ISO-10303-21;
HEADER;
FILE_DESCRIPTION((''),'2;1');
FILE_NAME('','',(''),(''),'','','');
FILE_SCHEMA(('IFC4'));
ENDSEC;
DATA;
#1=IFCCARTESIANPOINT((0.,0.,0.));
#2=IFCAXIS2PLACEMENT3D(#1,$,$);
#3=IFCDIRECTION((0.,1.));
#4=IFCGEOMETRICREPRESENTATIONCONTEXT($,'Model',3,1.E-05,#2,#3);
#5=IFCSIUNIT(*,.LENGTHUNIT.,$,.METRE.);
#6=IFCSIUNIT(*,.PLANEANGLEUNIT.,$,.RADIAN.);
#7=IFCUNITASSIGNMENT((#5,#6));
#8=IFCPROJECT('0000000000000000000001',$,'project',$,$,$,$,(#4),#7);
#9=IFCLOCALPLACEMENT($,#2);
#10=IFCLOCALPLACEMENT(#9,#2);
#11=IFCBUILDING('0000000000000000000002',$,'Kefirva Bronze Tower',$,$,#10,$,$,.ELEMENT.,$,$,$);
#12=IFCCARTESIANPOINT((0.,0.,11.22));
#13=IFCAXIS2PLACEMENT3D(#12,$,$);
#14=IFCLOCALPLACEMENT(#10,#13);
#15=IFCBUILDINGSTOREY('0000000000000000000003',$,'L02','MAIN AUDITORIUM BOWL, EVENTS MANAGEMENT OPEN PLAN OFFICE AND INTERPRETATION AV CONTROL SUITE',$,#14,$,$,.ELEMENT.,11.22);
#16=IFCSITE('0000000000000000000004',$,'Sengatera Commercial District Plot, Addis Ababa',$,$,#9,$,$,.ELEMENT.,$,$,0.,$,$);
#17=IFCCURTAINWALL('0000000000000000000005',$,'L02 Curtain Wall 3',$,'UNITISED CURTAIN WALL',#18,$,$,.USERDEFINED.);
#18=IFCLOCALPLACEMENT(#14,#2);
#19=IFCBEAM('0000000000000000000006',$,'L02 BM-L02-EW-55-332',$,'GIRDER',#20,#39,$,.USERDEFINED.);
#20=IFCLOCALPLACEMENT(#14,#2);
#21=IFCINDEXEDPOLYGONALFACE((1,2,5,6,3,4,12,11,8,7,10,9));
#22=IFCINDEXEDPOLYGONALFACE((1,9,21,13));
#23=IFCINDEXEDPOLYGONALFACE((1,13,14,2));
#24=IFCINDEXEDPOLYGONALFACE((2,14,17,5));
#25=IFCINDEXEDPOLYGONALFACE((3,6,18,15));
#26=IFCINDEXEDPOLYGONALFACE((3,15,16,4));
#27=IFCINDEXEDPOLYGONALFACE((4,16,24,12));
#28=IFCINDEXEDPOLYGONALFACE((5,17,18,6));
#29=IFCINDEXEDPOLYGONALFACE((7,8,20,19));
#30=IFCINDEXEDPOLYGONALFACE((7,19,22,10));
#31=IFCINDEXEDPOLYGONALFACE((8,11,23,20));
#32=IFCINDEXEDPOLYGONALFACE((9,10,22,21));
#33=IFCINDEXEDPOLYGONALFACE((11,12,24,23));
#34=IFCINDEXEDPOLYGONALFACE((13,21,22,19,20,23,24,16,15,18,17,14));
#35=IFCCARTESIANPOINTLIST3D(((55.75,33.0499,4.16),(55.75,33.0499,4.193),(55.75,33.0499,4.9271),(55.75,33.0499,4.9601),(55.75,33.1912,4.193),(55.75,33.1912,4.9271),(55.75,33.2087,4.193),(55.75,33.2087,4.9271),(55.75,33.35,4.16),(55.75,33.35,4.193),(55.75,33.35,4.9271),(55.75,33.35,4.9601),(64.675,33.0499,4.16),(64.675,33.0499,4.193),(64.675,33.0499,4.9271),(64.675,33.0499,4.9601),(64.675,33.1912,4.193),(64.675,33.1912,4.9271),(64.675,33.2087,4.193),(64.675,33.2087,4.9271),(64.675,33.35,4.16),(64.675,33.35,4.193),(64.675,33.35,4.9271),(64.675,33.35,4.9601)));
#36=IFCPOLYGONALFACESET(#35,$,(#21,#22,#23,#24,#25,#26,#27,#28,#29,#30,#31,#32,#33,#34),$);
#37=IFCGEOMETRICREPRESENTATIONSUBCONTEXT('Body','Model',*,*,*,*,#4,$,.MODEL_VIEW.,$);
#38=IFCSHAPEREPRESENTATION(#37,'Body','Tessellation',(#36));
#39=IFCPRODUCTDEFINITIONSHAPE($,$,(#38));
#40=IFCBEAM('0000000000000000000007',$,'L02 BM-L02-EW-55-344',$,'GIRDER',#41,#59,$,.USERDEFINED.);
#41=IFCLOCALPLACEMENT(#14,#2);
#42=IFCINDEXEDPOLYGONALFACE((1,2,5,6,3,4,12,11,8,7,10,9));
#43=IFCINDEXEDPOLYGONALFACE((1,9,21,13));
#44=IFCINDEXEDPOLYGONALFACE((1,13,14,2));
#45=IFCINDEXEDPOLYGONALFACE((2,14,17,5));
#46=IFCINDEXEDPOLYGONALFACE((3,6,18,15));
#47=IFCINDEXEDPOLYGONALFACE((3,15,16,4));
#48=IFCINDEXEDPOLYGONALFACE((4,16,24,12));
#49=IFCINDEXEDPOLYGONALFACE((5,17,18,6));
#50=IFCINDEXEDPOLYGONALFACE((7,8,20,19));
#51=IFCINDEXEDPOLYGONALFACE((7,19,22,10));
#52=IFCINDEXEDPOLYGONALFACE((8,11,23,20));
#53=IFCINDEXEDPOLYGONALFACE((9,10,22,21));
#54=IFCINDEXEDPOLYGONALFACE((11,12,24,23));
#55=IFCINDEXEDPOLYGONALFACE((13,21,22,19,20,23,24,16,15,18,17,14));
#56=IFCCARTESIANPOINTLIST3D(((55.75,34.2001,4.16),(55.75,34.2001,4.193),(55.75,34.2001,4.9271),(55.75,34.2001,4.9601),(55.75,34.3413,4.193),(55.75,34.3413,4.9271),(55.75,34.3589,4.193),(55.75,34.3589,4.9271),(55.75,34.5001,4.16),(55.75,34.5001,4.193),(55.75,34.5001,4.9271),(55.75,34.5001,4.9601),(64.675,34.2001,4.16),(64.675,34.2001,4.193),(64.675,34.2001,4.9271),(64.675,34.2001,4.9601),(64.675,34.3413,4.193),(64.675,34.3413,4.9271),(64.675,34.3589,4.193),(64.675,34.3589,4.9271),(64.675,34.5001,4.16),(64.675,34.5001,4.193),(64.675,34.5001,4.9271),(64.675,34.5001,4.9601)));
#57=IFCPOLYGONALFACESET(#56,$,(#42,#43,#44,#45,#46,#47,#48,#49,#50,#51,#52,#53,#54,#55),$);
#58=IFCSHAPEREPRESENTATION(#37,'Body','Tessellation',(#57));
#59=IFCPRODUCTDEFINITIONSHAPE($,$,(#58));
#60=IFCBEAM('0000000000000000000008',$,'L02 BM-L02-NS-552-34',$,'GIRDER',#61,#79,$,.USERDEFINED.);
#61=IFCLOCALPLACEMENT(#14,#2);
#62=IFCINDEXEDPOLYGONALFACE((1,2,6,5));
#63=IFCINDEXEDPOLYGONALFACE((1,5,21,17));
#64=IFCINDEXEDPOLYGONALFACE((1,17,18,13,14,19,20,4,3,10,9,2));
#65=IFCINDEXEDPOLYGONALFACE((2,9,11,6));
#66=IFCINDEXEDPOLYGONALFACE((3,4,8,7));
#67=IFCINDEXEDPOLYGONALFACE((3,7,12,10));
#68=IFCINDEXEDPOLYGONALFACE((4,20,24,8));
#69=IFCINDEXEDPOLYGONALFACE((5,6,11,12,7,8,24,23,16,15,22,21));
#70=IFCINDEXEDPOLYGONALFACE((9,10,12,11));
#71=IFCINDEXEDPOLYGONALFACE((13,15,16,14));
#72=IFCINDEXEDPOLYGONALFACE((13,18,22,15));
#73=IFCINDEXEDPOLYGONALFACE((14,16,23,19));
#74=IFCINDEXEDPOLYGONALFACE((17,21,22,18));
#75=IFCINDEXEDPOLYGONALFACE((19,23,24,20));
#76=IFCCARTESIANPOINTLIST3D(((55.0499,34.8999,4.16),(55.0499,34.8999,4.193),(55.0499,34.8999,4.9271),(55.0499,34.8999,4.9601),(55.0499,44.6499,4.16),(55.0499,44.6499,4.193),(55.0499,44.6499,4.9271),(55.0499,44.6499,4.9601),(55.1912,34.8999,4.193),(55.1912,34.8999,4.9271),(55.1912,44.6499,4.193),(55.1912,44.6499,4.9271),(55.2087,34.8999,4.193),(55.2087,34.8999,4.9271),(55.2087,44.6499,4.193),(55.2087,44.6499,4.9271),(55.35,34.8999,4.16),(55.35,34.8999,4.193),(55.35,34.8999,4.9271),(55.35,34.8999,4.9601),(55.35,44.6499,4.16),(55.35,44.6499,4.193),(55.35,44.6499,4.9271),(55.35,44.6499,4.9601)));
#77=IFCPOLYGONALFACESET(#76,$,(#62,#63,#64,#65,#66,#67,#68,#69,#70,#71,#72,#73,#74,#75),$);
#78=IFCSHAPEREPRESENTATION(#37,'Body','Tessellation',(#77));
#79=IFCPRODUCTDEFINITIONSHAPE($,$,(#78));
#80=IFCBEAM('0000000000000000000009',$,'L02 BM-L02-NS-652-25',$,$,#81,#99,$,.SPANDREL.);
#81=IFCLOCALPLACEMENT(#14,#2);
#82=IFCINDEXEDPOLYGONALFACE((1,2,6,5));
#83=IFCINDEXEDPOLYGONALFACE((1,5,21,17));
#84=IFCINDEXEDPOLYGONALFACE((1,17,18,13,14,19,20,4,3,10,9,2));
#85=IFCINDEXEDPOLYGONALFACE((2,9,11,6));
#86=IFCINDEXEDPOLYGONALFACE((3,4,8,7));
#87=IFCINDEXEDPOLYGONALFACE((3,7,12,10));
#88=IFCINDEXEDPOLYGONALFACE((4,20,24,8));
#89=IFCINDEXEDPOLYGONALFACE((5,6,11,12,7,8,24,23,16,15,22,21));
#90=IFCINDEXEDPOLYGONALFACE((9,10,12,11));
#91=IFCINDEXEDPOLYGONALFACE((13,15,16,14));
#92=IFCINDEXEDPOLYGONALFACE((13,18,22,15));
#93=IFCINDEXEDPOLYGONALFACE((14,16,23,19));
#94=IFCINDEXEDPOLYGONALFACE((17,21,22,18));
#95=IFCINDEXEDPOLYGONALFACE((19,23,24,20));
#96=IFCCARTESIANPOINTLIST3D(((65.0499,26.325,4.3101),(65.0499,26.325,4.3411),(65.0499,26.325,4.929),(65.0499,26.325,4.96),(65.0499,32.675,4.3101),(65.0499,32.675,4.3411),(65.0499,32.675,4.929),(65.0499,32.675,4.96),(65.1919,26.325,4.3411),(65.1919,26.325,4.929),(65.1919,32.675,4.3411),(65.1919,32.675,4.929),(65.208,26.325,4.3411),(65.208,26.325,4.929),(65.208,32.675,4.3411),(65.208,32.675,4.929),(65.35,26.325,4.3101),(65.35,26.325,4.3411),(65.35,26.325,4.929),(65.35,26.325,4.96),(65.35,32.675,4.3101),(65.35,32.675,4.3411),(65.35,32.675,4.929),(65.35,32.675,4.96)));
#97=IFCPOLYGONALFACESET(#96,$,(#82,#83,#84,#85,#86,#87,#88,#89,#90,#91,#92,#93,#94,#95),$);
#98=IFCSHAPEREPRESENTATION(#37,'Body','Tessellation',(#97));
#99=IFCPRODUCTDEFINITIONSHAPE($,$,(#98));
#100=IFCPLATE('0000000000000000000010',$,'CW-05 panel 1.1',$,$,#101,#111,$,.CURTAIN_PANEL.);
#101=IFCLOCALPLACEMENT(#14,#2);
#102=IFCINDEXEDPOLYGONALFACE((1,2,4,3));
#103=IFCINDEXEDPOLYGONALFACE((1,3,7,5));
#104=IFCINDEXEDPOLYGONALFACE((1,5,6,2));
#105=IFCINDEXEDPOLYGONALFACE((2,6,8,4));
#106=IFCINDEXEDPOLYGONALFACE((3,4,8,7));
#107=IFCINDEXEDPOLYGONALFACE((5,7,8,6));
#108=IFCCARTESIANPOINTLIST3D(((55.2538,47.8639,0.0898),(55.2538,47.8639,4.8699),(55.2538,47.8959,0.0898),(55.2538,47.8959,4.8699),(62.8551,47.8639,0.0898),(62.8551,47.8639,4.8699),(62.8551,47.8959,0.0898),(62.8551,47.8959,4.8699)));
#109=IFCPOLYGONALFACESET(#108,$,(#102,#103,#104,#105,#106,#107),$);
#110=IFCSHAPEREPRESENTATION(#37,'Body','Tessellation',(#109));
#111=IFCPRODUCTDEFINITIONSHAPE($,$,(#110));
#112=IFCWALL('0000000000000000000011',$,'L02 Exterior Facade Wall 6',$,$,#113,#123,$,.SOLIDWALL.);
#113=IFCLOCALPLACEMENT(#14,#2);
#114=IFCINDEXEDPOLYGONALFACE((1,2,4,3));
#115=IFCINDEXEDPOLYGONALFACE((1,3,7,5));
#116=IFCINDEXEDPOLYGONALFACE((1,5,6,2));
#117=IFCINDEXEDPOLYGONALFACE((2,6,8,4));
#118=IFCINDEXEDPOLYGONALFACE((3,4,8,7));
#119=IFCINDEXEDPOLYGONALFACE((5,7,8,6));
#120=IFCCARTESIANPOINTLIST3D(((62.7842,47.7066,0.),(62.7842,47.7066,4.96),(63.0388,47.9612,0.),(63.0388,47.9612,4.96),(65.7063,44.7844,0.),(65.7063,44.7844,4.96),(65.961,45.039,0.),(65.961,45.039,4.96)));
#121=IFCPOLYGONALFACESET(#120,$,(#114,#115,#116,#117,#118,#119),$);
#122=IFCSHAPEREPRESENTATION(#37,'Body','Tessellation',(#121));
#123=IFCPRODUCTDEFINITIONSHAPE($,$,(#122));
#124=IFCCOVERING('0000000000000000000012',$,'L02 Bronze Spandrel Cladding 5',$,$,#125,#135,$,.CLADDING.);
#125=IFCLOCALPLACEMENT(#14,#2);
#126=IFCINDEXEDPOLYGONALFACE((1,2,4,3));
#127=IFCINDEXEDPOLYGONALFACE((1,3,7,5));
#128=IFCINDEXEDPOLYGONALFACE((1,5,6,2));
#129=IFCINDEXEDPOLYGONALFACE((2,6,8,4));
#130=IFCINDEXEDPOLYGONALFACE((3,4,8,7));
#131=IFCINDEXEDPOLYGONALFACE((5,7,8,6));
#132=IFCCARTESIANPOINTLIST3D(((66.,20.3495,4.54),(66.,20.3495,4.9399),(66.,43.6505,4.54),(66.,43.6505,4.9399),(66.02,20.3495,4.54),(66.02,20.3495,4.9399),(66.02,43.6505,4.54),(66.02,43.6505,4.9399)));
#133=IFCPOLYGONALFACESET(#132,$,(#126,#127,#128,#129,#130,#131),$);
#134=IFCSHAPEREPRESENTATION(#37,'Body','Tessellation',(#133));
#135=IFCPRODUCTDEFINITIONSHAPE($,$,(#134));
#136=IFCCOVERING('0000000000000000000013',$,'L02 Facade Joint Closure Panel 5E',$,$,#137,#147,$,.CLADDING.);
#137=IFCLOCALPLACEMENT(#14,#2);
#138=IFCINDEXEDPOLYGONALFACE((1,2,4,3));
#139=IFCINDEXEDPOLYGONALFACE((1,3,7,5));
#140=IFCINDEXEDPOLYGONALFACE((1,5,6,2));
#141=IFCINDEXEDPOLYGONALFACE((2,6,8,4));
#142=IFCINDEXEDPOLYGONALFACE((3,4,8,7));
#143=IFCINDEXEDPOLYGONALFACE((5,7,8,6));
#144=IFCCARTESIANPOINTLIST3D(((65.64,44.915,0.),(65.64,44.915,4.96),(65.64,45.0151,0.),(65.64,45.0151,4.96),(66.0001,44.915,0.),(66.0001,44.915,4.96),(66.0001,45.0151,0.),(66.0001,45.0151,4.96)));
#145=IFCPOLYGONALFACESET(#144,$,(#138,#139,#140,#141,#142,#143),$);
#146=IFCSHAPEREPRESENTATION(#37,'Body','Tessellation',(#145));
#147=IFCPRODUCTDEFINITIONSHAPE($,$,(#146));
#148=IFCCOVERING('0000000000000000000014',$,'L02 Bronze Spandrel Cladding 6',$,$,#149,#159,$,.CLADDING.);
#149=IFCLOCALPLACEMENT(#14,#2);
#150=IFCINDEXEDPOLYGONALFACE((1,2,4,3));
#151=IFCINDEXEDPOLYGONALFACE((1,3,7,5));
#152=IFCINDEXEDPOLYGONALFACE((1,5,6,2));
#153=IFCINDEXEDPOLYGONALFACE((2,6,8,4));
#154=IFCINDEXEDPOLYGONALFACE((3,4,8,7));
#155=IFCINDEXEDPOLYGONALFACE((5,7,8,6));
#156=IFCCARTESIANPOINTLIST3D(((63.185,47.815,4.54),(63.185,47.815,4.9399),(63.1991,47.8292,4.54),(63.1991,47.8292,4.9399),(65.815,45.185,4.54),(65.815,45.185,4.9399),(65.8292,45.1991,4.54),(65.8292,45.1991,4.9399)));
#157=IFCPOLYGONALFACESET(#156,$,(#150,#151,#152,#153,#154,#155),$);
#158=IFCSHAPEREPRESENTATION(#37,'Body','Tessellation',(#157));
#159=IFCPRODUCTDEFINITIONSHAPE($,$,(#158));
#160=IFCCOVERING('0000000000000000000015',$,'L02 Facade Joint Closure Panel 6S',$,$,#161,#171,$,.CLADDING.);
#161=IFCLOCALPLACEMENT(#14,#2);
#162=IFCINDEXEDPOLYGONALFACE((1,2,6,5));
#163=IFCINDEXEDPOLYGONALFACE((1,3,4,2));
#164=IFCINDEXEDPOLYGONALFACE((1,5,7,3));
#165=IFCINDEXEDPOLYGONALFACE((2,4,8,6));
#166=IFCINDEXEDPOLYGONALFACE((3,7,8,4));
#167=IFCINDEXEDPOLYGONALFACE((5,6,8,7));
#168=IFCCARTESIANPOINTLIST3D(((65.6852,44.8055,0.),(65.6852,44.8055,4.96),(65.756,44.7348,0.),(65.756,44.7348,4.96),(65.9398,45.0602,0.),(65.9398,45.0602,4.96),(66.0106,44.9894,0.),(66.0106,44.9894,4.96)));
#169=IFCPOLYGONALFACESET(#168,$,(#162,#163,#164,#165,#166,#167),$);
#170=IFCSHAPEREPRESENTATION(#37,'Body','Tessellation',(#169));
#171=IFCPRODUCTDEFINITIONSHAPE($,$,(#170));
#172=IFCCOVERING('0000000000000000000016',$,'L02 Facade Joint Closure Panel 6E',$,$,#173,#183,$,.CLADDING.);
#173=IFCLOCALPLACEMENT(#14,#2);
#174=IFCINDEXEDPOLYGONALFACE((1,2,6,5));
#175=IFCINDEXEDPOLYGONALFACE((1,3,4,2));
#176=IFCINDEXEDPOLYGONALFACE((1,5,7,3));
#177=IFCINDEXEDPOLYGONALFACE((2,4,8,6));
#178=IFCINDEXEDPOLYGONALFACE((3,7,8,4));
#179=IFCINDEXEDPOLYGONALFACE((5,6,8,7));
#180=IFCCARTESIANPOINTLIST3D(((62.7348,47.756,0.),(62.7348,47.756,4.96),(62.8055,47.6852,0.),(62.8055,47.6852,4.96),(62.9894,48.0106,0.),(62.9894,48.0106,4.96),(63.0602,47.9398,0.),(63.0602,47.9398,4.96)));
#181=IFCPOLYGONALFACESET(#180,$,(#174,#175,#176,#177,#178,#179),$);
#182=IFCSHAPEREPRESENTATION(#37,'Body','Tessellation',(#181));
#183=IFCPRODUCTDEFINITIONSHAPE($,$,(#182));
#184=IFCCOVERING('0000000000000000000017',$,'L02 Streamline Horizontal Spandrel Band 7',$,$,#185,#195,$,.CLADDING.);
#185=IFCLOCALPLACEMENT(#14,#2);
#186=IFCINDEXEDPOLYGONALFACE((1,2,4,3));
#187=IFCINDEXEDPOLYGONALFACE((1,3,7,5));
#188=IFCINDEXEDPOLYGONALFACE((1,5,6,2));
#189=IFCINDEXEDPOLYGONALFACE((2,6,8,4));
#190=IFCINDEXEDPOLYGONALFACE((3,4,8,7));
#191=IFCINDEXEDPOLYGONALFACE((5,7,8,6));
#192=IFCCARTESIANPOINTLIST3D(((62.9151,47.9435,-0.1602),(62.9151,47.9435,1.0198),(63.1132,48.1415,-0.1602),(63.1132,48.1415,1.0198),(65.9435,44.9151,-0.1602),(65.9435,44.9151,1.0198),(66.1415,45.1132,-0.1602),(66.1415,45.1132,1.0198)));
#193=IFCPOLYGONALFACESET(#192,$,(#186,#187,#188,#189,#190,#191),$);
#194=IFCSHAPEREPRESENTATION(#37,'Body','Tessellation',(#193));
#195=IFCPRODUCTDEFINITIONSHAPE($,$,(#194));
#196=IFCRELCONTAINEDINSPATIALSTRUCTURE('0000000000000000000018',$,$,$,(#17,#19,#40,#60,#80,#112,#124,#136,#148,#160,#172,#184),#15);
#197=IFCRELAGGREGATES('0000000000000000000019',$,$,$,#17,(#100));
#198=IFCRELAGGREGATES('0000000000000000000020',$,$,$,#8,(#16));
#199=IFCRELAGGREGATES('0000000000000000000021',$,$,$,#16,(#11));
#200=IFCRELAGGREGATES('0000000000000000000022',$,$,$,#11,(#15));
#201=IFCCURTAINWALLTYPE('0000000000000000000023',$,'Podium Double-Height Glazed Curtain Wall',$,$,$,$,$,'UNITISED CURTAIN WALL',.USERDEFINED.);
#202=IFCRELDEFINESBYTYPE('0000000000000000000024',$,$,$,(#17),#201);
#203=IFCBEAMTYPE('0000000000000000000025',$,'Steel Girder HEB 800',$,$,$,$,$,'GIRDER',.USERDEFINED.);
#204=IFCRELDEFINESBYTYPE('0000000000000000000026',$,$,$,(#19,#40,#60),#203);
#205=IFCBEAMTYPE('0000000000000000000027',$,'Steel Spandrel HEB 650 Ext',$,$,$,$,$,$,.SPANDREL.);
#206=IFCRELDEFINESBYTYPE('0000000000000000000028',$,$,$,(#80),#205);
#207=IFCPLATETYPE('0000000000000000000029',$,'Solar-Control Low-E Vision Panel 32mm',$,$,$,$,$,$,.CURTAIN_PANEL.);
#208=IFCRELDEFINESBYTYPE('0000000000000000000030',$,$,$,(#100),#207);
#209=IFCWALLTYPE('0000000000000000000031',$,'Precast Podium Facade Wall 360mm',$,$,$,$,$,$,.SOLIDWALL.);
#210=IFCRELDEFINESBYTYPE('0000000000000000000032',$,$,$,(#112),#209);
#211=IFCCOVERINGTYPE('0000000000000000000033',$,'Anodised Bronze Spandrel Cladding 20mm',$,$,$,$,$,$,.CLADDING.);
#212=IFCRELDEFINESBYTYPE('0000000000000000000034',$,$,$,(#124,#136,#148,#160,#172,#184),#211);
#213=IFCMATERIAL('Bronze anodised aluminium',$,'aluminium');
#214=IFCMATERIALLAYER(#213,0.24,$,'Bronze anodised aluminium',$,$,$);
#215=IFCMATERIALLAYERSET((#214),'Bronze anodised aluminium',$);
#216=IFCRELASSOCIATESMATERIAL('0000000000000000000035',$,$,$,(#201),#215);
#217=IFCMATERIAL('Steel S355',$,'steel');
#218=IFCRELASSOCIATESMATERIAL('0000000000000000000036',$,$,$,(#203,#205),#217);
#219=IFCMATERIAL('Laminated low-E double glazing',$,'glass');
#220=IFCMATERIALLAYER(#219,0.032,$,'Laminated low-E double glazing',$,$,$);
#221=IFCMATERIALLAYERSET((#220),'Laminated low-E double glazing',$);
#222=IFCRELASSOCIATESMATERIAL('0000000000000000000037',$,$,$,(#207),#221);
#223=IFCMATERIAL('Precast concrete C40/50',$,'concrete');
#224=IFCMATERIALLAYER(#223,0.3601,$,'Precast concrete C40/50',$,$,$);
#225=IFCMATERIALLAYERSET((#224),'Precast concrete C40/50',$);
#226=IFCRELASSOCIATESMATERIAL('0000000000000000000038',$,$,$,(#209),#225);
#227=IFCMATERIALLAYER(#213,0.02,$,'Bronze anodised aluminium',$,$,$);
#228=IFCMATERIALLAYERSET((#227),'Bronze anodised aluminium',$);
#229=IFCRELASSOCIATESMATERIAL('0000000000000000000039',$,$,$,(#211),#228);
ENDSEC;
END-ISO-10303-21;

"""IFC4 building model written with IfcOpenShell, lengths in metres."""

from ifc_helpers import new_model, si_unit, direction, frame, frame_2d, origin, origin_2d, place, context, subcontext, project, spatial, rectangle, i_section, extrude, material, layer, layer_set, material_profile, profile_set, type_object, element, aggregate, save


model = new_model("IFC4")

# Units and contexts
model_context = context("Model", 3, precision=1e-05, world=origin(), true_north=direction((0.0, 1.0)))
body_context = subcontext(model_context, "Body", "Model", "MODEL_VIEW")
ifc_project = project(units=[si_unit("LENGTHUNIT", "METRE"), si_unit("PLANEANGLEUNIT", "RADIAN")], contexts=[model_context])

# Site, building, storey
site_placement = place(None, origin())
site = spatial("IfcSite", under=ifc_project, at=site_placement, Name="Sengatera Commercial District Plot, Addis Ababa", CompositionType="ELEMENT", RefElevation=0.0)
building_placement = place(site_placement, origin())
building = spatial("IfcBuilding", under=site, at=building_placement, Name="Kefirva Bronze Tower", CompositionType="ELEMENT")
storey_placement = place(building_placement, frame((0.0, 0.0, 11.22)))
storey = spatial("IfcBuildingStorey", under=building, at=storey_placement, Name="L02", Description="MAIN AUDITORIUM BOWL, EVENTS MANAGEMENT OPEN PLAN OFFICE AND INTERPRETATION AV CONTROL SUITE", CompositionType="ELEMENT", Elevation=11.22)

# Curtain wall
ifc_material_1 = material(Name="Bronze anodised aluminium", Category="aluminium")
ifc_layer_1 = layer(ifc_material_1, 0.24, Name="Bronze anodised aluminium")
ifc_layer_set_1 = layer_set([ifc_layer_1], Name="Bronze anodised aluminium")
curtain_wall_type = type_object("IfcCurtainWallType", Name="Podium Double-Height Glazed Curtain Wall", ElementType="UNITISED CURTAIN WALL", PredefinedType="USERDEFINED", material=ifc_layer_set_1)
curtain_wall_placement = place(storey_placement, origin())
curtain_wall = element("IfcCurtainWall", 1, at=curtain_wall_placement, inside=storey, type_object=curtain_wall_type, Name="L02 Curtain Wall 3", ObjectType="UNITISED CURTAIN WALL", PredefinedType="USERDEFINED")

# Beams
ifc_material_2 = material(Name="Steel S355", Category="steel")
ifc_material_profile_1 = material_profile(ifc_material_2, i_section(OverallWidth=0.3, OverallDepth=0.8, WebThickness=0.0176, FlangeThickness=0.033, at=origin_2d()), Name="HEB 800")
ifc_profile_set_1 = profile_set([ifc_material_profile_1], Name="Steel S355")
beam_type_1 = type_object("IfcBeamType", Name="Steel Girder HEB 800", ElementType="GIRDER", PredefinedType="USERDEFINED", material=ifc_profile_set_1)
for number, where, z_axis, x_axis, name in (
    (2, (55.75, 33.2, 4.5601), (1.0, 0.0, 0.0), (0.0, 1.0, 0.0), "L02 BM-L02-EW-55-332"),
    (3, (55.75, 34.3501, 4.5601), (1.0, 0.0, 0.0), (0.0, 1.0, 0.0), "L02 BM-L02-EW-55-344"),
):
    element("IfcBeam", number, at=place(storey_placement, frame(where, z_axis=z_axis, x_axis=x_axis)), inside=storey, type_object=beam_type_1, Name=name, ObjectType="GIRDER", PredefinedType="USERDEFINED", context=body_context, shape_type="SweptSolid", body=[
        extrude(i_section(OverallWidth=0.3, OverallDepth=0.8, WebThickness=0.0176, FlangeThickness=0.033, at=origin_2d()), origin(), (0.0, 0.0, 1.0), 8.925),
    ])
beam_1_placement = place(storey_placement, frame((55.2, 34.8999, 4.5601), z_axis=(0.0, 1.0, 0.0), x_axis=(-1.0, 0.0, 0.0)))
element("IfcBeam", 4, at=beam_1_placement, inside=storey, type_object=beam_type_1, Name="L02 BM-L02-NS-552-34", ObjectType="GIRDER", PredefinedType="USERDEFINED", context=body_context, shape_type="SweptSolid", body=[
    extrude(i_section(OverallWidth=0.3, OverallDepth=0.8, WebThickness=0.0176, FlangeThickness=0.033, at=origin_2d()), origin(), (0.0, 0.0, 1.0), 9.75),
])
ifc_material_profile_2 = material_profile(ifc_material_2, i_section(OverallWidth=0.3, OverallDepth=0.6499, WebThickness=0.0161, FlangeThickness=0.031, at=origin_2d()), Name="HEB 650")
ifc_profile_set_2 = profile_set([ifc_material_profile_2], Name="Steel S355")
beam_type_2 = type_object("IfcBeamType", Name="Steel Spandrel HEB 650 Ext", PredefinedType="SPANDREL", material=ifc_profile_set_2)
beam_2_placement = place(storey_placement, frame((65.2, 26.325, 4.635), z_axis=(0.0, 1.0, 0.0), x_axis=(-1.0, 0.0, 0.0)))
element("IfcBeam", 5, at=beam_2_placement, inside=storey, type_object=beam_type_2, Name="L02 BM-L02-NS-652-25", PredefinedType="SPANDREL", context=body_context, shape_type="SweptSolid", body=[
    extrude(i_section(OverallWidth=0.3, OverallDepth=0.6499, WebThickness=0.0161, FlangeThickness=0.031, at=origin_2d()), origin(), (0.0, 0.0, 1.0), 6.3501),
])

# Plate
ifc_material_3 = material(Name="Laminated low-E double glazing", Category="glass")
ifc_layer_2 = layer(ifc_material_3, 0.032, Name="Laminated low-E double glazing")
ifc_layer_set_2 = layer_set([ifc_layer_2], Name="Laminated low-E double glazing")
plate_type = type_object("IfcPlateType", Name="Solar-Control Low-E Vision Panel 32mm", PredefinedType="CURTAIN_PANEL", material=ifc_layer_set_2)
plate_placement = place(storey_placement, frame((59.0544, 47.8799, 0.0898), z_axis=(0.0, 0.0, 1.0), x_axis=(-1.0, 0.0, 0.0)))
plate = element("IfcPlate", 6, at=plate_placement, type_object=plate_type, Name="CW-05 panel 1.1", PredefinedType="CURTAIN_PANEL", context=body_context, shape_type="SweptSolid", body=[
    extrude(rectangle(XDim=7.6013, YDim=0.032, at=origin_2d()), origin(), (0.0, 0.0, 1.0), 4.78),
])
aggregate(curtain_wall, [plate])

# Wall
ifc_material_4 = material(Name="Precast concrete C40/50", Category="concrete")
ifc_layer_3 = layer(ifc_material_4, 0.3601, Name="Precast concrete C40/50")
ifc_layer_set_3 = layer_set([ifc_layer_3], Name="Precast concrete C40/50")
wall_type = type_object("IfcWallType", Name="Precast Podium Facade Wall 360mm", PredefinedType="SOLIDWALL", material=ifc_layer_set_3)
wall_placement = place(storey_placement, frame((65.8337, 44.9116, 0.0), z_axis=(0.0, 0.0, 1.0), x_axis=(-0.707107, 0.707107, 0.0)))
element("IfcWall", 7, at=wall_placement, inside=storey, type_object=wall_type, Name="L02 Exterior Facade Wall 6", PredefinedType="SOLIDWALL", context=body_context, shape_type="SweptSolid", body=[
    extrude(rectangle(XDim=4.1326, YDim=0.3601, at=frame_2d((2.0664, 0.0))), origin(), (0.0, 0.0, 1.0), 4.96),
])

# Coverings
ifc_layer_4 = layer(ifc_material_1, 0.02, Name="Bronze anodised aluminium")
ifc_layer_set_4 = layer_set([ifc_layer_4], Name="Bronze anodised aluminium")
covering_type_1 = type_object("IfcCoveringType", Name="Anodised Bronze Spandrel Cladding 20mm", PredefinedType="CLADDING", material=ifc_layer_set_4)
covering_1_placement = place(storey_placement, frame((66.01, 32.0, 4.54), z_axis=(0.0, 0.0, 1.0), x_axis=(0.0, 1.0, 0.0)))
element("IfcCovering", 8, at=covering_1_placement, inside=storey, type_object=covering_type_1, Name="L02 Bronze Spandrel Cladding 5", PredefinedType="CLADDING", context=body_context, shape_type="SweptSolid", body=[
    extrude(rectangle(XDim=23.301, YDim=0.02, at=origin_2d()), origin(), (0.0, 0.0, 1.0), 0.3999),
])
covering_2_placement = place(storey_placement, frame((65.8201, 44.9651, 0.0), z_axis=(0.0, 0.0, 1.0), x_axis=(0.0, 1.0, 0.0)))
element("IfcCovering", 9, at=covering_2_placement, inside=storey, type_object=covering_type_1, Name="L02 Facade Joint Closure Panel 5E", PredefinedType="CLADDING", context=body_context, shape_type="SweptSolid", body=[
    extrude(rectangle(XDim=0.1001, YDim=0.3601, at=origin_2d()), origin(), (0.0, 0.0, 1.0), 4.96),
])
covering_3_placement = place(storey_placement, frame((64.5071, 46.5071, 4.54), z_axis=(0.0, 0.0, 1.0), x_axis=(-0.707107, 0.707107, 0.0)))
element("IfcCovering", 10, at=covering_3_placement, inside=storey, type_object=covering_type_1, Name="L02 Bronze Spandrel Cladding 6", PredefinedType="CLADDING", context=body_context, shape_type="SweptSolid", body=[
    extrude(rectangle(XDim=3.7195, YDim=0.02, at=origin_2d()), origin(), (0.0, 0.0, 1.0), 0.3999),
])
for number, where, z_axis, x_axis, name in (
    (11, (65.8479, 44.8975, 0.0), (0.0, 0.0, 1.0), (-0.707107, 0.707107, 0.0), "L02 Facade Joint Closure Panel 6S"),
    (12, (62.8975, 47.8479, 0.0), (0.0, 0.0, 1.0), (-0.707107, 0.707107, 0.0), "L02 Facade Joint Closure Panel 6E"),
):
    element("IfcCovering", number, at=place(storey_placement, frame(where, z_axis=z_axis, x_axis=x_axis)), inside=storey, type_object=covering_type_1, Name=name, PredefinedType="CLADDING", context=body_context, shape_type="SweptSolid", body=[
        extrude(rectangle(XDim=0.1001, YDim=0.3601, at=origin_2d()), origin(), (0.0, 0.0, 1.0), 4.96),
    ])
covering_4_placement = place(storey_placement, frame((64.5283, 46.5283, -0.1602), z_axis=(0.0, 0.0, 1.0), x_axis=(-0.707107, 0.707107, 0.0)))
element("IfcCovering", 13, at=covering_4_placement, inside=storey, type_object=covering_type_1, Name="L02 Streamline Horizontal Spandrel Band 7", PredefinedType="CLADDING", context=body_context, shape_type="SweptSolid", body=[
    extrude(rectangle(XDim=4.2827, YDim=0.28, at=origin_2d()), origin(), (0.0, 0.0, 1.0), 1.1799),
])

save(model, "model.ifc")
